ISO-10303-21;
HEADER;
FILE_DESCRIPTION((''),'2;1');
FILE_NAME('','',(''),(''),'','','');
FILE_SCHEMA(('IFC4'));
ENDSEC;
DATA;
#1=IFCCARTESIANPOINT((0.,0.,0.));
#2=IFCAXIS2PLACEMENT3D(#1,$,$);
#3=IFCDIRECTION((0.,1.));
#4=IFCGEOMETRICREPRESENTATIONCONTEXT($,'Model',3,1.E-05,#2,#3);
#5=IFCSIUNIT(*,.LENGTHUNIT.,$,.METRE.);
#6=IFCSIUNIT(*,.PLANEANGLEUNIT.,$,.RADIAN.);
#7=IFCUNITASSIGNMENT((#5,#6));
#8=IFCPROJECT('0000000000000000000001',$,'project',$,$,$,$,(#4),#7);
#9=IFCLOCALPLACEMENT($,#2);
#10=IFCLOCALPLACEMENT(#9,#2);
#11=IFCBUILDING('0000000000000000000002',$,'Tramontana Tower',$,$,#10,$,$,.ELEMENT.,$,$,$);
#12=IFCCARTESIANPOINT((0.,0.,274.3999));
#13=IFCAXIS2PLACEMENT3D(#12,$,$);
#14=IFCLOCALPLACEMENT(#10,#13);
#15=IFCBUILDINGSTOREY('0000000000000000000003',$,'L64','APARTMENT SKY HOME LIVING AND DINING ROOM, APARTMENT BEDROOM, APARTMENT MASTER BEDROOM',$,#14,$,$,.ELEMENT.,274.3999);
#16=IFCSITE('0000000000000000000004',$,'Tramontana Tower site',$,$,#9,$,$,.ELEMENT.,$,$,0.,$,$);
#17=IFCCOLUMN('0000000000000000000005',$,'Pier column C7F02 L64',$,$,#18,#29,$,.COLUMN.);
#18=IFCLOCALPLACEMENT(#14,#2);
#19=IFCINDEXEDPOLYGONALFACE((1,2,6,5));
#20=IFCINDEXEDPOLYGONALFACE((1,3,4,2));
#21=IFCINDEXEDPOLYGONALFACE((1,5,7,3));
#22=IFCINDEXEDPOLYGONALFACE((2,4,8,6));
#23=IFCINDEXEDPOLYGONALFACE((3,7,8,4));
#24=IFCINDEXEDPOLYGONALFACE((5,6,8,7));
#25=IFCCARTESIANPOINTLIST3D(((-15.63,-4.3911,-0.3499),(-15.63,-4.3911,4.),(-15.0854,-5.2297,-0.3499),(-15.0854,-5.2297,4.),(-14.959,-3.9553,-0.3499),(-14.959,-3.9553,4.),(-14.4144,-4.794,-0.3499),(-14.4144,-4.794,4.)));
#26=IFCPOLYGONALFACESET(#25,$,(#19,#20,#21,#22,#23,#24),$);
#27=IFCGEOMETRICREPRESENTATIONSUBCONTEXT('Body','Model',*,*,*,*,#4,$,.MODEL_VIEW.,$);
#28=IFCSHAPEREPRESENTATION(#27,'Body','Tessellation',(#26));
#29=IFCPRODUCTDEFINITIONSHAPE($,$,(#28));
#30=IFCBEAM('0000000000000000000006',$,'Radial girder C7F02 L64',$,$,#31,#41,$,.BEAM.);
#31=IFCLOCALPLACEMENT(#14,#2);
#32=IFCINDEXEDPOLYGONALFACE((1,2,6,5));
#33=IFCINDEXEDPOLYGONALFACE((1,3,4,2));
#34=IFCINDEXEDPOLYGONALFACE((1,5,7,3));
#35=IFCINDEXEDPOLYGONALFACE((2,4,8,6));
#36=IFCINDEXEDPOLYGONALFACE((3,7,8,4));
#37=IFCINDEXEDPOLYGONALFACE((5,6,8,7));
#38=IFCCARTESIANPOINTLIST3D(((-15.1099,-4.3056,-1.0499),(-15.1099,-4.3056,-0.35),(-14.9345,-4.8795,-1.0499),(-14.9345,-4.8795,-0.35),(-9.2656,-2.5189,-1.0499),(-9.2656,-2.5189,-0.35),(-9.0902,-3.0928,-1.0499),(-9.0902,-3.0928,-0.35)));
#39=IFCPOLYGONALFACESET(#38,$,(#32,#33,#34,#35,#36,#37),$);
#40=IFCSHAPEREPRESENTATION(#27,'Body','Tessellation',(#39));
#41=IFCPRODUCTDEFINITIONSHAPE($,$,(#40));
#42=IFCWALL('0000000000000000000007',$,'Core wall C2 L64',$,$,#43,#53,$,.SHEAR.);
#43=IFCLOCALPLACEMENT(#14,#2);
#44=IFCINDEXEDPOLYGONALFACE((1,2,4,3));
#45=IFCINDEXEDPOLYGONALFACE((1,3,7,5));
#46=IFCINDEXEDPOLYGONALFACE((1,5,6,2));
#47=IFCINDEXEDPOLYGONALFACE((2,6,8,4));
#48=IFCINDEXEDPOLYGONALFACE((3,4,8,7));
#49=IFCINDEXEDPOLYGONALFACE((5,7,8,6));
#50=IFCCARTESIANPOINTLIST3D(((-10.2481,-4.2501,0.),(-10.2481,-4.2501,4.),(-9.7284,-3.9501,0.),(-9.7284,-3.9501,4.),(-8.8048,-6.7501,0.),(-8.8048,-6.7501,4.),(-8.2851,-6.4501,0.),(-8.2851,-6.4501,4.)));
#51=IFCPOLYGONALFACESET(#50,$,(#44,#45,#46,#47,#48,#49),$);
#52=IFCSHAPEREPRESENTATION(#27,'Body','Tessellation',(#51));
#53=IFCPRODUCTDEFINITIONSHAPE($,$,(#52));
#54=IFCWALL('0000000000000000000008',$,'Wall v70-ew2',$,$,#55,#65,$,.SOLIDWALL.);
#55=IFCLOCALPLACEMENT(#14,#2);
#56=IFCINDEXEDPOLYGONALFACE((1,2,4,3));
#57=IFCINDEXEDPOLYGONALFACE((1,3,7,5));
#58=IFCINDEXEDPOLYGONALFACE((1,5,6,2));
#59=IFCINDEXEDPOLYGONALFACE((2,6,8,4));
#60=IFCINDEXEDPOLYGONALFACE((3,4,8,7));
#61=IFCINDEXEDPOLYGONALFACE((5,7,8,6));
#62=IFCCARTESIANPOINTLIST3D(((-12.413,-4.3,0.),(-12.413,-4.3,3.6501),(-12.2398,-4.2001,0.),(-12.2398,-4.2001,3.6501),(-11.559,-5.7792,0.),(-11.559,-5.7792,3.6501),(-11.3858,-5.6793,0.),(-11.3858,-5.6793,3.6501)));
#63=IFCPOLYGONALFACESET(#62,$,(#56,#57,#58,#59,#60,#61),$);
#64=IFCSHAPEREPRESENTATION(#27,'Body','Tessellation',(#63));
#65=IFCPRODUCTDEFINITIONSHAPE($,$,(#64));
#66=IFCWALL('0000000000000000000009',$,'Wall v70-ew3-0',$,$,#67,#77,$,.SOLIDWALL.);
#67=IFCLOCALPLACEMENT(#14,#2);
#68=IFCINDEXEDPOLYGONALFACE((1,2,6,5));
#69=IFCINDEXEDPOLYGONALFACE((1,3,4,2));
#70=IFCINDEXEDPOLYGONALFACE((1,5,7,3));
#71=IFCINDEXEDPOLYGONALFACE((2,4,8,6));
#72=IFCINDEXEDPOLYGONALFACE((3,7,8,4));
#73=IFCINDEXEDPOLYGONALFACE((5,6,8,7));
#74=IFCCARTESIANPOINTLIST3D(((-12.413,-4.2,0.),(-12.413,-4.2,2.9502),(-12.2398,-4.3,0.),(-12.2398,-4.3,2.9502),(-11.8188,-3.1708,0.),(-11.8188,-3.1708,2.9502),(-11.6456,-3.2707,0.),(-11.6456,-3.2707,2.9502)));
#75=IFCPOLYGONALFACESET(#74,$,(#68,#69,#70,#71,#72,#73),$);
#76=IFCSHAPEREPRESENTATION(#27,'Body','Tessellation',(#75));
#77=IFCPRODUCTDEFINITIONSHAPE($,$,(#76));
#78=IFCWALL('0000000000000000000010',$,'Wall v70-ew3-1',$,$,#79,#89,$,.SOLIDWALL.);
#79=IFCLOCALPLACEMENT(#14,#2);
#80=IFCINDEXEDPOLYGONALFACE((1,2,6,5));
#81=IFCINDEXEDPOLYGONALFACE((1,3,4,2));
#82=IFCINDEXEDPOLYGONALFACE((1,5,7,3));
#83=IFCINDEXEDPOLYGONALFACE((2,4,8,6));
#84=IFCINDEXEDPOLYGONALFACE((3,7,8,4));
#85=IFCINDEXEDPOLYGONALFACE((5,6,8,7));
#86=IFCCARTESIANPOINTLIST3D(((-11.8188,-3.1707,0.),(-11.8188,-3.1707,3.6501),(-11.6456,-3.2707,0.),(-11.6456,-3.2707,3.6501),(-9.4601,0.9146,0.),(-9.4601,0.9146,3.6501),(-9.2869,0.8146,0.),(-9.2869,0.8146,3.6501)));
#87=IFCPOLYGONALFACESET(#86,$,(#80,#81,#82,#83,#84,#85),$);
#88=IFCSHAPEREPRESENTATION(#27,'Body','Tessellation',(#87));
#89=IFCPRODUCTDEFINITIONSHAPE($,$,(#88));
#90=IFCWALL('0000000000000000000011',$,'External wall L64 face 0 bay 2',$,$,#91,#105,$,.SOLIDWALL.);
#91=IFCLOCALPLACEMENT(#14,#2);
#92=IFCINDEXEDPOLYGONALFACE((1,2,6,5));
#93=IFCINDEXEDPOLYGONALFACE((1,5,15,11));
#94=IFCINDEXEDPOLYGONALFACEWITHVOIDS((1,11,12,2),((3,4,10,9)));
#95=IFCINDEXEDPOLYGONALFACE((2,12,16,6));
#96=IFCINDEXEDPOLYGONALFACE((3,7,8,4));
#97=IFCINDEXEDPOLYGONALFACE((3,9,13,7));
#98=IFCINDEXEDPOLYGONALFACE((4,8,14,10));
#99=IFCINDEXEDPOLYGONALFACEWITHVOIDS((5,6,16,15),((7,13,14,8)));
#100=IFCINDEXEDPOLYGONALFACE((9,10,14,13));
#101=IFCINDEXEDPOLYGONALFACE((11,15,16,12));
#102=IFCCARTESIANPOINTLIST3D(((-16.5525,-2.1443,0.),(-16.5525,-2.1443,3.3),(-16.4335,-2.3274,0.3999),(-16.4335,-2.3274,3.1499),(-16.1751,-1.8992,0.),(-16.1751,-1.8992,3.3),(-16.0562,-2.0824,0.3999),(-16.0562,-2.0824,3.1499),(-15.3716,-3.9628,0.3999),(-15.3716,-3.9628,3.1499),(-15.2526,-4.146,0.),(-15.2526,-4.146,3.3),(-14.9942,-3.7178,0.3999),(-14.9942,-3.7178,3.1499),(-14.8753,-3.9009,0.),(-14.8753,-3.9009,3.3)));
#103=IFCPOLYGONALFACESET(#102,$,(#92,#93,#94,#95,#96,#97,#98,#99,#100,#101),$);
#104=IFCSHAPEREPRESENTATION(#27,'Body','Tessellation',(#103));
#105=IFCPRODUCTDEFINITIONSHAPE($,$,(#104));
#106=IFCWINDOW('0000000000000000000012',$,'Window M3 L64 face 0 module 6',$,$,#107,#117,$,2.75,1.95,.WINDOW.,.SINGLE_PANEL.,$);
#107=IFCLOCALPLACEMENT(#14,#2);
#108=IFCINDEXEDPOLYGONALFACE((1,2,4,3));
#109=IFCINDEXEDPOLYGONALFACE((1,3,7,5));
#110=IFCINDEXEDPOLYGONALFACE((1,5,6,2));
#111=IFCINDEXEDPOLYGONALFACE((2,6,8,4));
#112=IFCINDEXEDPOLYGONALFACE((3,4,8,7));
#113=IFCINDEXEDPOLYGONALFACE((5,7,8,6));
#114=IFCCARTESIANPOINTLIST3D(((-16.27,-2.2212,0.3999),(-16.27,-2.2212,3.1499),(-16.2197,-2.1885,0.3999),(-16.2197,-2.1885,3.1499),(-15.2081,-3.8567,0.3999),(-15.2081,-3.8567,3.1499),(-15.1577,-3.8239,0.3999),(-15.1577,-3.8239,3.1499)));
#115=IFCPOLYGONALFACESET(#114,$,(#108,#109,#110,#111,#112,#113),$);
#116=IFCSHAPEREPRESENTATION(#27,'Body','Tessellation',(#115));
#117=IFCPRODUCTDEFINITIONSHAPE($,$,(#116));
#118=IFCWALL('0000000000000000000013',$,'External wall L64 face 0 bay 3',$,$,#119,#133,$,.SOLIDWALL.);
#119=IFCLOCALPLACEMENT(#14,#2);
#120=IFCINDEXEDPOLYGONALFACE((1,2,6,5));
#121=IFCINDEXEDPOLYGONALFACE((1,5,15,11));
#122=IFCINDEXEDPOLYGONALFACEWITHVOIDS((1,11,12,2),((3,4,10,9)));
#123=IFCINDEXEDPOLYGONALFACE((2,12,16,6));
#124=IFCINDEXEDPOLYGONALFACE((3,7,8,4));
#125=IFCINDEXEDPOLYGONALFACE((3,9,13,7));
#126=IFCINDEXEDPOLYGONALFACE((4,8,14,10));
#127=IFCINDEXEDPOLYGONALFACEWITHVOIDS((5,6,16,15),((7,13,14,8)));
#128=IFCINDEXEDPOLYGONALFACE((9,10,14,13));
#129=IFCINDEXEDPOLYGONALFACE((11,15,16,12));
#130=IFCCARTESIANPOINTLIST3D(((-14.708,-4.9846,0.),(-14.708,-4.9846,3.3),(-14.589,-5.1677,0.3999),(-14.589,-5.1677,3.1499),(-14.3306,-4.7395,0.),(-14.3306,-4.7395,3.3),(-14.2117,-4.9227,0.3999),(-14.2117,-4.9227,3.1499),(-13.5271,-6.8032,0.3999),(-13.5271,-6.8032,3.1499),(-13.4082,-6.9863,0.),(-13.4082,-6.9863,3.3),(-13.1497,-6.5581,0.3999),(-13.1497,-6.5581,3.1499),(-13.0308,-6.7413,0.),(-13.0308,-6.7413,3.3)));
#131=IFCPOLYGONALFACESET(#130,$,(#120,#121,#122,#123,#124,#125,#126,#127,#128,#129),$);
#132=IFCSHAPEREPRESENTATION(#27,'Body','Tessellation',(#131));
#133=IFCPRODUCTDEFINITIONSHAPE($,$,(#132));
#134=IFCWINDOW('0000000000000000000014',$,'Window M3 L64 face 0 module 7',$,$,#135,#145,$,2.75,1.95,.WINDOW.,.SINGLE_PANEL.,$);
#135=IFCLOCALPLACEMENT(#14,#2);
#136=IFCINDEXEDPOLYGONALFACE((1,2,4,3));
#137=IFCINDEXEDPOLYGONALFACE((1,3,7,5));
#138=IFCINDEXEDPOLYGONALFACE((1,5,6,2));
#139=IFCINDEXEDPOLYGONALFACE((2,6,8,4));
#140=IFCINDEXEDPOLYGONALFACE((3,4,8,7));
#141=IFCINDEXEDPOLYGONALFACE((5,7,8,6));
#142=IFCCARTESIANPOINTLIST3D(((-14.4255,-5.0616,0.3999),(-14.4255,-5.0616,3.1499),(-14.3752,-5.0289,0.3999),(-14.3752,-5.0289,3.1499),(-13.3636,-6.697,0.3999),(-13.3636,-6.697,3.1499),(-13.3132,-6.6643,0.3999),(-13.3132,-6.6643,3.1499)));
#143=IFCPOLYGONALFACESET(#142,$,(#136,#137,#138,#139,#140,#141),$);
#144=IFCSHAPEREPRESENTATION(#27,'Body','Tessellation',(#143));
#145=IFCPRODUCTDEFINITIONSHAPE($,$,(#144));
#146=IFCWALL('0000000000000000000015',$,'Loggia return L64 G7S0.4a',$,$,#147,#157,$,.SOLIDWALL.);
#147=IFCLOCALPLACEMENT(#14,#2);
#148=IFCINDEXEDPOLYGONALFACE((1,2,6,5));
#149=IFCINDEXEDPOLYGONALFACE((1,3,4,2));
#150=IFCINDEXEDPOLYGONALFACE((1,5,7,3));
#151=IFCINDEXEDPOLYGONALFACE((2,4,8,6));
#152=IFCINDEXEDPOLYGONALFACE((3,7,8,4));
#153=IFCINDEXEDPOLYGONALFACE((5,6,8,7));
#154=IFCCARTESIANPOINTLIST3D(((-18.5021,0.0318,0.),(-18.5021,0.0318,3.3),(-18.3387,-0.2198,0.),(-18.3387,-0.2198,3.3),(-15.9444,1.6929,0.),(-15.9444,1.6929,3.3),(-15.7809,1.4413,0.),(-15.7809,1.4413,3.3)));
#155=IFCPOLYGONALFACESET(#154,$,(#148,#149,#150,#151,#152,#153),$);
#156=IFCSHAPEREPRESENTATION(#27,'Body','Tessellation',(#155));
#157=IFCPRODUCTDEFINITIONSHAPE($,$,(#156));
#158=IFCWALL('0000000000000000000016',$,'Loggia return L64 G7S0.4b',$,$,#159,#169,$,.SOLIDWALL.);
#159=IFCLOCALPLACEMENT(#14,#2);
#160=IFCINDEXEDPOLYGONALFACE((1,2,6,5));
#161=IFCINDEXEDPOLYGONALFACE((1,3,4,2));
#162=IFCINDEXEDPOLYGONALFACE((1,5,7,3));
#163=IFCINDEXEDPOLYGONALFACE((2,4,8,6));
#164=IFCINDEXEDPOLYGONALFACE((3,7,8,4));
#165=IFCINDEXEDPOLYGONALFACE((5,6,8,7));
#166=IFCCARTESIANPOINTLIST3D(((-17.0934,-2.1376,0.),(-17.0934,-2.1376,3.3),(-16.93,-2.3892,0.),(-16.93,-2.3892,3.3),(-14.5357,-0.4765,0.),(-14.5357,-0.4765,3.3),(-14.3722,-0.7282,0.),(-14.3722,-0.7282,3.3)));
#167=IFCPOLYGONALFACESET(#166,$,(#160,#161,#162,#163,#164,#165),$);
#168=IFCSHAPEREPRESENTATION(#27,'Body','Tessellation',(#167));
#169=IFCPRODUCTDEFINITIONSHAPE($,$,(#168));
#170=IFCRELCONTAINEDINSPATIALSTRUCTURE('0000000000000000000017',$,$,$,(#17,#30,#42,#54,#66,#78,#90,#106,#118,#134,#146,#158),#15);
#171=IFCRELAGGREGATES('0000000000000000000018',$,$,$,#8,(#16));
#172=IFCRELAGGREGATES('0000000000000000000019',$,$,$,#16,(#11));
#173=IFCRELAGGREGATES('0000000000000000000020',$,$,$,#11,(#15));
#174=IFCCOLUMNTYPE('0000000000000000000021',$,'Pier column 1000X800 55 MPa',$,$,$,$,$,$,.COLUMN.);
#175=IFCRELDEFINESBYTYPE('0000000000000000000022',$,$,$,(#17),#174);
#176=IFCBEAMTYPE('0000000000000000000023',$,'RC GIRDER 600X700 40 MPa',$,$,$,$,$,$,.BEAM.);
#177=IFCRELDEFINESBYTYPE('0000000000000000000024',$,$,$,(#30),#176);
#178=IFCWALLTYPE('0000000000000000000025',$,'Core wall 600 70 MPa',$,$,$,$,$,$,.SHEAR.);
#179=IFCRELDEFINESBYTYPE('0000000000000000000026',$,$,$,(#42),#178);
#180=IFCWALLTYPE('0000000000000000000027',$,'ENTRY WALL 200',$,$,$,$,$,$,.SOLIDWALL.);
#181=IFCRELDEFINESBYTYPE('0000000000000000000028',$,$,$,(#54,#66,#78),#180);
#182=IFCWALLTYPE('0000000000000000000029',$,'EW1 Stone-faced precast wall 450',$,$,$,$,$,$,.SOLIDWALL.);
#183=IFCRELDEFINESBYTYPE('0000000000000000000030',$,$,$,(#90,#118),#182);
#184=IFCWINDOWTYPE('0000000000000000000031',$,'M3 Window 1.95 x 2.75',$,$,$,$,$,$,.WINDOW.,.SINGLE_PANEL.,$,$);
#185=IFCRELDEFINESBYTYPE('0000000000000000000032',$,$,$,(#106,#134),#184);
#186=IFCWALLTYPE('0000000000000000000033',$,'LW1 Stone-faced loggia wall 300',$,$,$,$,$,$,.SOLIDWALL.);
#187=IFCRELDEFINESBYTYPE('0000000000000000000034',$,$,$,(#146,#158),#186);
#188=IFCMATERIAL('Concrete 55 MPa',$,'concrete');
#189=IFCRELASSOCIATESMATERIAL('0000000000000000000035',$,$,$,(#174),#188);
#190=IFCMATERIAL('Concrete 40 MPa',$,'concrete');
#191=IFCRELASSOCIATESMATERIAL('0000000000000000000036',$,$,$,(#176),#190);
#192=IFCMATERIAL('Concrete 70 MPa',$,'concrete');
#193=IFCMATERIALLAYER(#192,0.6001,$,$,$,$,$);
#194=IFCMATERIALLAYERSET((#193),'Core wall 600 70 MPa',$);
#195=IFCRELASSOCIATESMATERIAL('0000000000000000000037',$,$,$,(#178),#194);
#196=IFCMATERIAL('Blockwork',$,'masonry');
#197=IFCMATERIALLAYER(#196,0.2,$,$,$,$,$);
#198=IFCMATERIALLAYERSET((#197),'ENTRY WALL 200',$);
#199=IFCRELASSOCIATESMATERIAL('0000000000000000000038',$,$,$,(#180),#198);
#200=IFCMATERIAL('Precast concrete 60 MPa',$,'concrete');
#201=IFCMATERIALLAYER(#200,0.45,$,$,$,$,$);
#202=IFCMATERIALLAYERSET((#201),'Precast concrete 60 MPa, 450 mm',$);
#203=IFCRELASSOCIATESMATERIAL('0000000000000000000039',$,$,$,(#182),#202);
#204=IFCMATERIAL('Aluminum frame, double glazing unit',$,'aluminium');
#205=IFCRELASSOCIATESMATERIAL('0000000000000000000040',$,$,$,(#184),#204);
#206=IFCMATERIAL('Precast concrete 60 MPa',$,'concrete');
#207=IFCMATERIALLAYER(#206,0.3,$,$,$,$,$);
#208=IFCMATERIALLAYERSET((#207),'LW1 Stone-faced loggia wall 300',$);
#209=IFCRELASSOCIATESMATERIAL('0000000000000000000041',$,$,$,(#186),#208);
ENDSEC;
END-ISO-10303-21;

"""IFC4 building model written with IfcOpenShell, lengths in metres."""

from ifc_helpers import new_model, si_unit, direction, frame, frame_2d, origin, origin_2d, place, context, subcontext, project, spatial, rectangle, extrude, material, layer, layer_set, material_profile, profile_set, type_object, element, fill, save


model = new_model("IFC4")

# Units and contexts
model_context = context("Model", 3, precision=1e-05, world=origin(), true_north=direction((0.0, 1.0)))
body_context = subcontext(model_context, "Body", "Model", "MODEL_VIEW")
ifc_project = project(units=[si_unit("LENGTHUNIT", "METRE"), si_unit("PLANEANGLEUNIT", "RADIAN")], contexts=[model_context])

# Site, building, storey
site_placement = place(None, origin())
site = spatial("IfcSite", under=ifc_project, at=site_placement, Name="Tramontana Tower site", CompositionType="ELEMENT", RefElevation=0.0)
building_placement = place(site_placement, origin())
building = spatial("IfcBuilding", under=site, at=building_placement, Name="Tramontana Tower", CompositionType="ELEMENT")
storey_placement = place(building_placement, frame((0.0, 0.0, 274.3999)))
storey = spatial("IfcBuildingStorey", under=building, at=storey_placement, Name="L64", Description="APARTMENT SKY HOME LIVING AND DINING ROOM, APARTMENT BEDROOM, APARTMENT MASTER BEDROOM", CompositionType="ELEMENT", Elevation=274.3999)

# Column
ifc_material_1 = material(Name="Concrete 55 MPa", Category="concrete")
ifc_material_profile_1 = material_profile(ifc_material_1, rectangle(XDim=1.0, YDim=0.8, at=origin_2d()), Name="Pier column 1000X800 55 MPa")
ifc_profile_set_1 = profile_set([ifc_material_profile_1], Name="Concrete 55 MPa")
column_type = type_object("IfcColumnType", Name="Pier column 1000X800 55 MPa", PredefinedType="COLUMN", material=ifc_profile_set_1)
column_placement = place(storey_placement, frame((-15.0222, -4.5925, -0.3499), z_axis=(0.0, 0.0, 1.0), x_axis=(0.544639, -0.838671, 0.0)))
element("IfcColumn", 1, at=column_placement, inside=storey, type_object=column_type, Name="Pier column C7F02 L64", PredefinedType="COLUMN", context=body_context, shape_type="SweptSolid", body=[
    extrude(rectangle(XDim=1.0, YDim=0.8, at=origin_2d()), origin(), (0.0, 0.0, 1.0), 4.3499),
])

# Beam
ifc_material_2 = material(Name="Concrete 40 MPa", Category="concrete")
ifc_material_profile_2 = material_profile(ifc_material_2, rectangle(XDim=0.6001, YDim=0.7, at=origin_2d()), Name="RC GIRDER 600X700 40 MPa")
ifc_profile_set_2 = profile_set([ifc_material_profile_2], Name="Concrete 40 MPa")
beam_type = type_object("IfcBeamType", Name="RC GIRDER 600X700 40 MPa", PredefinedType="BEAM", material=ifc_profile_set_2)
beam_placement = place(storey_placement, frame((-15.0222, -4.5925, -0.7), z_axis=(0.956311, 0.29235, 0.0), x_axis=(-0.29235, 0.956311, 0.0)))
element("IfcBeam", 2, at=beam_placement, inside=storey, type_object=beam_type, Name="Radial girder C7F02 L64", PredefinedType="BEAM", context=body_context, shape_type="SweptSolid", body=[
    extrude(rectangle(XDim=0.6001, YDim=0.7, at=origin_2d()), origin(), (0.0, 0.0, 1.0), 6.1113),
])

# Walls
ifc_material_3 = material(Name="Concrete 70 MPa", Category="concrete")
ifc_layer_1 = layer(ifc_material_3, 0.6001)
ifc_layer_set_1 = layer_set([ifc_layer_1], Name="Core wall 600 70 MPa")
wall_type_1 = type_object("IfcWallType", Name="Core wall 600 70 MPa", PredefinedType="SHEAR", material=ifc_layer_set_1)
wall_1_placement = place(storey_placement, frame((-9.9883, -4.1001, 0.0), z_axis=(0.0, 0.0, 1.0), x_axis=(0.499996, -0.866028, 0.0)))
element("IfcWall", 3, at=wall_1_placement, inside=storey, type_object=wall_type_1, Name="Core wall C2 L64", PredefinedType="SHEAR", context=body_context, shape_type="SweptSolid", body=[
    extrude(rectangle(XDim=2.8867, YDim=0.6001, at=frame_2d((1.4434, 0.0))), origin(), (0.0, 0.0, 1.0), 4.0),
])
ifc_material_4 = material(Name="Blockwork", Category="masonry")
ifc_layer_2 = layer(ifc_material_4, 0.2)
ifc_layer_set_2 = layer_set([ifc_layer_2], Name="ENTRY WALL 200")
wall_type_2 = type_object("IfcWallType", Name="ENTRY WALL 200", PredefinedType="SOLIDWALL", material=ifc_layer_set_2)
wall_2_placement = place(storey_placement, frame((-11.4724, -5.7292, 0.0), z_axis=(0.0, 0.0, 1.0), x_axis=(-0.499982, 0.866036, 0.0)))
element("IfcWall", 4, at=wall_2_placement, inside=storey, type_object=wall_type_2, Name="Wall v70-ew2", PredefinedType="SOLIDWALL", context=body_context, shape_type="SweptSolid", body=[
    extrude(rectangle(XDim=1.708, YDim=0.2, at=frame_2d((0.854, 0.0))), origin(), (0.0, 0.0, 1.0), 3.6501),
])
wall_3_placement = place(storey_placement, frame((-12.3264, -4.25, 0.0), z_axis=(0.0, 0.0, 1.0), x_axis=(0.499983, 0.866035, 0.0)))
element("IfcWall", 5, at=wall_3_placement, inside=storey, type_object=wall_type_2, Name="Wall v70-ew3-0", PredefinedType="SOLIDWALL", context=body_context, shape_type="SweptSolid", body=[
    extrude(rectangle(XDim=1.1885, YDim=0.2, at=frame_2d((0.5942, 0.0))), origin(), (0.0, 0.0, 1.0), 2.9502),
])
wall_4_placement = place(storey_placement, frame((-11.7322, -3.2207, 0.0), z_axis=(0.0, 0.0, 1.0), x_axis=(0.500008, 0.866021, 0.0)))
element("IfcWall", 6, at=wall_4_placement, inside=storey, type_object=wall_type_2, Name="Wall v70-ew3-1", PredefinedType="SOLIDWALL", context=body_context, shape_type="SweptSolid", body=[
    extrude(rectangle(XDim=4.7173, YDim=0.2, at=frame_2d((2.3586, 0.0))), origin(), (0.0, 0.0, 1.0), 3.6501),
])

# Walls, openings, windows
ifc_material_5 = material(Name="Precast concrete 60 MPa", Category="concrete")
ifc_layer_3 = layer(ifc_material_5, 0.45)
ifc_layer_set_3 = layer_set([ifc_layer_3], Name="Precast concrete 60 MPa, 450 mm")
wall_type_3 = type_object("IfcWallType", Name="EW1 Stone-faced precast wall 450", PredefinedType="SOLIDWALL", material=ifc_layer_set_3)
wall_5_placement = place(storey_placement, frame((-16.3638, -2.0217, 0.0), z_axis=(0.0, 0.0, 1.0), x_axis=(0.544604, -0.838694, 0.0)))
wall_5 = element("IfcWall", 7, at=wall_5_placement, inside=storey, type_object=wall_type_3, Name="External wall L64 face 0 bay 2", PredefinedType="SOLIDWALL", context=body_context, shape_type="SweptSolid", body=[
    extrude(rectangle(XDim=2.3867, YDim=0.45, at=frame_2d((1.1934, 0.0))), origin(), (0.0, 0.0, 1.0), 3.3),
])
opening_1_placement = place(wall_5_placement, frame((0.2183, 0.0, 0.3999)))
opening_1 = element("IfcOpeningElement", 8, at=opening_1_placement, cuts=wall_5, PredefinedType="OPENING", context=body_context, shape_type="SweptSolid", body=[
    extrude(rectangle(XDim=1.95, YDim=2.75, at=frame_2d((0.9751, 1.375))), frame((0.0, 0.2349, 0.0), z_axis=(0.0, -1.0, 0.0), x_axis=(1.0, 0.0, 0.0)), (0.0, 0.0, 1.0), 0.47),
])
ifc_material_6 = material(Name="Aluminum frame, double glazing unit", Category="aluminium")
window_type = type_object("IfcWindowType", Name="M3 Window 1.95 x 2.75", PartitioningType="SINGLE_PANEL", PredefinedType="WINDOW", material=ifc_material_6)
window_1_placement = place(opening_1_placement, origin())
window_1 = element("IfcWindow", 9, at=window_1_placement, inside=storey, type_object=window_type, Name="Window M3 L64 face 0 module 6", OverallHeight=2.75, OverallWidth=1.95, PartitioningType="SINGLE_PANEL", PredefinedType="WINDOW", context=body_context, shape_type="SweptSolid", body=[
    extrude(rectangle(XDim=1.95, YDim=2.75, at=frame_2d((0.9751, 1.375))), frame((0.0, 0.03, 0.0), z_axis=(0.0, -1.0, 0.0), x_axis=(1.0, 0.0, 0.0)), (0.0, 0.0, 1.0), 0.0601),
])
fill(opening_1, window_1)
wall_6_placement = place(storey_placement, frame((-14.5193, -4.8621, 0.0), z_axis=(0.0, 0.0, 1.0), x_axis=(0.544604, -0.838694, 0.0)))
wall_6 = element("IfcWall", 10, at=wall_6_placement, inside=storey, type_object=wall_type_3, Name="External wall L64 face 0 bay 3", PredefinedType="SOLIDWALL", context=body_context, shape_type="SweptSolid", body=[
    extrude(rectangle(XDim=2.3867, YDim=0.45, at=frame_2d((1.1934, 0.0))), origin(), (0.0, 0.0, 1.0), 3.3),
])
opening_2_placement = place(wall_6_placement, frame((0.2183, 0.0, 0.3999)))
opening_2 = element("IfcOpeningElement", 11, at=opening_2_placement, cuts=wall_6, PredefinedType="OPENING", context=body_context, shape_type="SweptSolid", body=[
    extrude(rectangle(XDim=1.95, YDim=2.75, at=frame_2d((0.9751, 1.375))), frame((0.0, 0.2349, 0.0), z_axis=(0.0, -1.0, 0.0), x_axis=(1.0, 0.0, 0.0)), (0.0, 0.0, 1.0), 0.47),
])
window_2_placement = place(opening_2_placement, origin())
window_2 = element("IfcWindow", 12, at=window_2_placement, inside=storey, type_object=window_type, Name="Window M3 L64 face 0 module 7", OverallHeight=2.75, OverallWidth=1.95, PartitioningType="SINGLE_PANEL", PredefinedType="WINDOW", context=body_context, shape_type="SweptSolid", body=[
    extrude(rectangle(XDim=1.95, YDim=2.75, at=frame_2d((0.9751, 1.375))), frame((0.0, 0.03, 0.0), z_axis=(0.0, -1.0, 0.0), x_axis=(1.0, 0.0, 0.0)), (0.0, 0.0, 1.0), 0.0601),
])
fill(opening_2, window_2)

# Walls
ifc_material_7 = material(Name="Precast concrete 60 MPa", Category="concrete")
ifc_layer_4 = layer(ifc_material_7, 0.3)
ifc_layer_set_4 = layer_set([ifc_layer_4], Name="LW1 Stone-faced loggia wall 300")
wall_type_4 = type_object("IfcWallType", Name="LW1 Stone-faced loggia wall 300", PredefinedType="SOLIDWALL", material=ifc_layer_set_4)
for number, where, z_axis, x_axis, name in (
    (13, (-18.4204, -0.094, 0.0), (0.0, 0.0, 1.0), (0.838665, 0.544648, 0.0), "Loggia return L64 G7S0.4a"),
    (14, (-17.0117, -2.2634, 0.0), (0.0, 0.0, 1.0), (0.838665, 0.544648, 0.0), "Loggia return L64 G7S0.4b"),
):
    element("IfcWall", number, at=place(storey_placement, frame(where, z_axis=z_axis, x_axis=x_axis)), inside=storey, type_object=wall_type_4, Name=name, PredefinedType="SOLIDWALL", context=body_context, shape_type="SweptSolid", body=[
        extrude(rectangle(XDim=3.0498, YDim=0.3, at=frame_2d((1.5249, 0.0))), origin(), (0.0, 0.0, 1.0), 3.3),
    ])

save(model, "model.ifc")
